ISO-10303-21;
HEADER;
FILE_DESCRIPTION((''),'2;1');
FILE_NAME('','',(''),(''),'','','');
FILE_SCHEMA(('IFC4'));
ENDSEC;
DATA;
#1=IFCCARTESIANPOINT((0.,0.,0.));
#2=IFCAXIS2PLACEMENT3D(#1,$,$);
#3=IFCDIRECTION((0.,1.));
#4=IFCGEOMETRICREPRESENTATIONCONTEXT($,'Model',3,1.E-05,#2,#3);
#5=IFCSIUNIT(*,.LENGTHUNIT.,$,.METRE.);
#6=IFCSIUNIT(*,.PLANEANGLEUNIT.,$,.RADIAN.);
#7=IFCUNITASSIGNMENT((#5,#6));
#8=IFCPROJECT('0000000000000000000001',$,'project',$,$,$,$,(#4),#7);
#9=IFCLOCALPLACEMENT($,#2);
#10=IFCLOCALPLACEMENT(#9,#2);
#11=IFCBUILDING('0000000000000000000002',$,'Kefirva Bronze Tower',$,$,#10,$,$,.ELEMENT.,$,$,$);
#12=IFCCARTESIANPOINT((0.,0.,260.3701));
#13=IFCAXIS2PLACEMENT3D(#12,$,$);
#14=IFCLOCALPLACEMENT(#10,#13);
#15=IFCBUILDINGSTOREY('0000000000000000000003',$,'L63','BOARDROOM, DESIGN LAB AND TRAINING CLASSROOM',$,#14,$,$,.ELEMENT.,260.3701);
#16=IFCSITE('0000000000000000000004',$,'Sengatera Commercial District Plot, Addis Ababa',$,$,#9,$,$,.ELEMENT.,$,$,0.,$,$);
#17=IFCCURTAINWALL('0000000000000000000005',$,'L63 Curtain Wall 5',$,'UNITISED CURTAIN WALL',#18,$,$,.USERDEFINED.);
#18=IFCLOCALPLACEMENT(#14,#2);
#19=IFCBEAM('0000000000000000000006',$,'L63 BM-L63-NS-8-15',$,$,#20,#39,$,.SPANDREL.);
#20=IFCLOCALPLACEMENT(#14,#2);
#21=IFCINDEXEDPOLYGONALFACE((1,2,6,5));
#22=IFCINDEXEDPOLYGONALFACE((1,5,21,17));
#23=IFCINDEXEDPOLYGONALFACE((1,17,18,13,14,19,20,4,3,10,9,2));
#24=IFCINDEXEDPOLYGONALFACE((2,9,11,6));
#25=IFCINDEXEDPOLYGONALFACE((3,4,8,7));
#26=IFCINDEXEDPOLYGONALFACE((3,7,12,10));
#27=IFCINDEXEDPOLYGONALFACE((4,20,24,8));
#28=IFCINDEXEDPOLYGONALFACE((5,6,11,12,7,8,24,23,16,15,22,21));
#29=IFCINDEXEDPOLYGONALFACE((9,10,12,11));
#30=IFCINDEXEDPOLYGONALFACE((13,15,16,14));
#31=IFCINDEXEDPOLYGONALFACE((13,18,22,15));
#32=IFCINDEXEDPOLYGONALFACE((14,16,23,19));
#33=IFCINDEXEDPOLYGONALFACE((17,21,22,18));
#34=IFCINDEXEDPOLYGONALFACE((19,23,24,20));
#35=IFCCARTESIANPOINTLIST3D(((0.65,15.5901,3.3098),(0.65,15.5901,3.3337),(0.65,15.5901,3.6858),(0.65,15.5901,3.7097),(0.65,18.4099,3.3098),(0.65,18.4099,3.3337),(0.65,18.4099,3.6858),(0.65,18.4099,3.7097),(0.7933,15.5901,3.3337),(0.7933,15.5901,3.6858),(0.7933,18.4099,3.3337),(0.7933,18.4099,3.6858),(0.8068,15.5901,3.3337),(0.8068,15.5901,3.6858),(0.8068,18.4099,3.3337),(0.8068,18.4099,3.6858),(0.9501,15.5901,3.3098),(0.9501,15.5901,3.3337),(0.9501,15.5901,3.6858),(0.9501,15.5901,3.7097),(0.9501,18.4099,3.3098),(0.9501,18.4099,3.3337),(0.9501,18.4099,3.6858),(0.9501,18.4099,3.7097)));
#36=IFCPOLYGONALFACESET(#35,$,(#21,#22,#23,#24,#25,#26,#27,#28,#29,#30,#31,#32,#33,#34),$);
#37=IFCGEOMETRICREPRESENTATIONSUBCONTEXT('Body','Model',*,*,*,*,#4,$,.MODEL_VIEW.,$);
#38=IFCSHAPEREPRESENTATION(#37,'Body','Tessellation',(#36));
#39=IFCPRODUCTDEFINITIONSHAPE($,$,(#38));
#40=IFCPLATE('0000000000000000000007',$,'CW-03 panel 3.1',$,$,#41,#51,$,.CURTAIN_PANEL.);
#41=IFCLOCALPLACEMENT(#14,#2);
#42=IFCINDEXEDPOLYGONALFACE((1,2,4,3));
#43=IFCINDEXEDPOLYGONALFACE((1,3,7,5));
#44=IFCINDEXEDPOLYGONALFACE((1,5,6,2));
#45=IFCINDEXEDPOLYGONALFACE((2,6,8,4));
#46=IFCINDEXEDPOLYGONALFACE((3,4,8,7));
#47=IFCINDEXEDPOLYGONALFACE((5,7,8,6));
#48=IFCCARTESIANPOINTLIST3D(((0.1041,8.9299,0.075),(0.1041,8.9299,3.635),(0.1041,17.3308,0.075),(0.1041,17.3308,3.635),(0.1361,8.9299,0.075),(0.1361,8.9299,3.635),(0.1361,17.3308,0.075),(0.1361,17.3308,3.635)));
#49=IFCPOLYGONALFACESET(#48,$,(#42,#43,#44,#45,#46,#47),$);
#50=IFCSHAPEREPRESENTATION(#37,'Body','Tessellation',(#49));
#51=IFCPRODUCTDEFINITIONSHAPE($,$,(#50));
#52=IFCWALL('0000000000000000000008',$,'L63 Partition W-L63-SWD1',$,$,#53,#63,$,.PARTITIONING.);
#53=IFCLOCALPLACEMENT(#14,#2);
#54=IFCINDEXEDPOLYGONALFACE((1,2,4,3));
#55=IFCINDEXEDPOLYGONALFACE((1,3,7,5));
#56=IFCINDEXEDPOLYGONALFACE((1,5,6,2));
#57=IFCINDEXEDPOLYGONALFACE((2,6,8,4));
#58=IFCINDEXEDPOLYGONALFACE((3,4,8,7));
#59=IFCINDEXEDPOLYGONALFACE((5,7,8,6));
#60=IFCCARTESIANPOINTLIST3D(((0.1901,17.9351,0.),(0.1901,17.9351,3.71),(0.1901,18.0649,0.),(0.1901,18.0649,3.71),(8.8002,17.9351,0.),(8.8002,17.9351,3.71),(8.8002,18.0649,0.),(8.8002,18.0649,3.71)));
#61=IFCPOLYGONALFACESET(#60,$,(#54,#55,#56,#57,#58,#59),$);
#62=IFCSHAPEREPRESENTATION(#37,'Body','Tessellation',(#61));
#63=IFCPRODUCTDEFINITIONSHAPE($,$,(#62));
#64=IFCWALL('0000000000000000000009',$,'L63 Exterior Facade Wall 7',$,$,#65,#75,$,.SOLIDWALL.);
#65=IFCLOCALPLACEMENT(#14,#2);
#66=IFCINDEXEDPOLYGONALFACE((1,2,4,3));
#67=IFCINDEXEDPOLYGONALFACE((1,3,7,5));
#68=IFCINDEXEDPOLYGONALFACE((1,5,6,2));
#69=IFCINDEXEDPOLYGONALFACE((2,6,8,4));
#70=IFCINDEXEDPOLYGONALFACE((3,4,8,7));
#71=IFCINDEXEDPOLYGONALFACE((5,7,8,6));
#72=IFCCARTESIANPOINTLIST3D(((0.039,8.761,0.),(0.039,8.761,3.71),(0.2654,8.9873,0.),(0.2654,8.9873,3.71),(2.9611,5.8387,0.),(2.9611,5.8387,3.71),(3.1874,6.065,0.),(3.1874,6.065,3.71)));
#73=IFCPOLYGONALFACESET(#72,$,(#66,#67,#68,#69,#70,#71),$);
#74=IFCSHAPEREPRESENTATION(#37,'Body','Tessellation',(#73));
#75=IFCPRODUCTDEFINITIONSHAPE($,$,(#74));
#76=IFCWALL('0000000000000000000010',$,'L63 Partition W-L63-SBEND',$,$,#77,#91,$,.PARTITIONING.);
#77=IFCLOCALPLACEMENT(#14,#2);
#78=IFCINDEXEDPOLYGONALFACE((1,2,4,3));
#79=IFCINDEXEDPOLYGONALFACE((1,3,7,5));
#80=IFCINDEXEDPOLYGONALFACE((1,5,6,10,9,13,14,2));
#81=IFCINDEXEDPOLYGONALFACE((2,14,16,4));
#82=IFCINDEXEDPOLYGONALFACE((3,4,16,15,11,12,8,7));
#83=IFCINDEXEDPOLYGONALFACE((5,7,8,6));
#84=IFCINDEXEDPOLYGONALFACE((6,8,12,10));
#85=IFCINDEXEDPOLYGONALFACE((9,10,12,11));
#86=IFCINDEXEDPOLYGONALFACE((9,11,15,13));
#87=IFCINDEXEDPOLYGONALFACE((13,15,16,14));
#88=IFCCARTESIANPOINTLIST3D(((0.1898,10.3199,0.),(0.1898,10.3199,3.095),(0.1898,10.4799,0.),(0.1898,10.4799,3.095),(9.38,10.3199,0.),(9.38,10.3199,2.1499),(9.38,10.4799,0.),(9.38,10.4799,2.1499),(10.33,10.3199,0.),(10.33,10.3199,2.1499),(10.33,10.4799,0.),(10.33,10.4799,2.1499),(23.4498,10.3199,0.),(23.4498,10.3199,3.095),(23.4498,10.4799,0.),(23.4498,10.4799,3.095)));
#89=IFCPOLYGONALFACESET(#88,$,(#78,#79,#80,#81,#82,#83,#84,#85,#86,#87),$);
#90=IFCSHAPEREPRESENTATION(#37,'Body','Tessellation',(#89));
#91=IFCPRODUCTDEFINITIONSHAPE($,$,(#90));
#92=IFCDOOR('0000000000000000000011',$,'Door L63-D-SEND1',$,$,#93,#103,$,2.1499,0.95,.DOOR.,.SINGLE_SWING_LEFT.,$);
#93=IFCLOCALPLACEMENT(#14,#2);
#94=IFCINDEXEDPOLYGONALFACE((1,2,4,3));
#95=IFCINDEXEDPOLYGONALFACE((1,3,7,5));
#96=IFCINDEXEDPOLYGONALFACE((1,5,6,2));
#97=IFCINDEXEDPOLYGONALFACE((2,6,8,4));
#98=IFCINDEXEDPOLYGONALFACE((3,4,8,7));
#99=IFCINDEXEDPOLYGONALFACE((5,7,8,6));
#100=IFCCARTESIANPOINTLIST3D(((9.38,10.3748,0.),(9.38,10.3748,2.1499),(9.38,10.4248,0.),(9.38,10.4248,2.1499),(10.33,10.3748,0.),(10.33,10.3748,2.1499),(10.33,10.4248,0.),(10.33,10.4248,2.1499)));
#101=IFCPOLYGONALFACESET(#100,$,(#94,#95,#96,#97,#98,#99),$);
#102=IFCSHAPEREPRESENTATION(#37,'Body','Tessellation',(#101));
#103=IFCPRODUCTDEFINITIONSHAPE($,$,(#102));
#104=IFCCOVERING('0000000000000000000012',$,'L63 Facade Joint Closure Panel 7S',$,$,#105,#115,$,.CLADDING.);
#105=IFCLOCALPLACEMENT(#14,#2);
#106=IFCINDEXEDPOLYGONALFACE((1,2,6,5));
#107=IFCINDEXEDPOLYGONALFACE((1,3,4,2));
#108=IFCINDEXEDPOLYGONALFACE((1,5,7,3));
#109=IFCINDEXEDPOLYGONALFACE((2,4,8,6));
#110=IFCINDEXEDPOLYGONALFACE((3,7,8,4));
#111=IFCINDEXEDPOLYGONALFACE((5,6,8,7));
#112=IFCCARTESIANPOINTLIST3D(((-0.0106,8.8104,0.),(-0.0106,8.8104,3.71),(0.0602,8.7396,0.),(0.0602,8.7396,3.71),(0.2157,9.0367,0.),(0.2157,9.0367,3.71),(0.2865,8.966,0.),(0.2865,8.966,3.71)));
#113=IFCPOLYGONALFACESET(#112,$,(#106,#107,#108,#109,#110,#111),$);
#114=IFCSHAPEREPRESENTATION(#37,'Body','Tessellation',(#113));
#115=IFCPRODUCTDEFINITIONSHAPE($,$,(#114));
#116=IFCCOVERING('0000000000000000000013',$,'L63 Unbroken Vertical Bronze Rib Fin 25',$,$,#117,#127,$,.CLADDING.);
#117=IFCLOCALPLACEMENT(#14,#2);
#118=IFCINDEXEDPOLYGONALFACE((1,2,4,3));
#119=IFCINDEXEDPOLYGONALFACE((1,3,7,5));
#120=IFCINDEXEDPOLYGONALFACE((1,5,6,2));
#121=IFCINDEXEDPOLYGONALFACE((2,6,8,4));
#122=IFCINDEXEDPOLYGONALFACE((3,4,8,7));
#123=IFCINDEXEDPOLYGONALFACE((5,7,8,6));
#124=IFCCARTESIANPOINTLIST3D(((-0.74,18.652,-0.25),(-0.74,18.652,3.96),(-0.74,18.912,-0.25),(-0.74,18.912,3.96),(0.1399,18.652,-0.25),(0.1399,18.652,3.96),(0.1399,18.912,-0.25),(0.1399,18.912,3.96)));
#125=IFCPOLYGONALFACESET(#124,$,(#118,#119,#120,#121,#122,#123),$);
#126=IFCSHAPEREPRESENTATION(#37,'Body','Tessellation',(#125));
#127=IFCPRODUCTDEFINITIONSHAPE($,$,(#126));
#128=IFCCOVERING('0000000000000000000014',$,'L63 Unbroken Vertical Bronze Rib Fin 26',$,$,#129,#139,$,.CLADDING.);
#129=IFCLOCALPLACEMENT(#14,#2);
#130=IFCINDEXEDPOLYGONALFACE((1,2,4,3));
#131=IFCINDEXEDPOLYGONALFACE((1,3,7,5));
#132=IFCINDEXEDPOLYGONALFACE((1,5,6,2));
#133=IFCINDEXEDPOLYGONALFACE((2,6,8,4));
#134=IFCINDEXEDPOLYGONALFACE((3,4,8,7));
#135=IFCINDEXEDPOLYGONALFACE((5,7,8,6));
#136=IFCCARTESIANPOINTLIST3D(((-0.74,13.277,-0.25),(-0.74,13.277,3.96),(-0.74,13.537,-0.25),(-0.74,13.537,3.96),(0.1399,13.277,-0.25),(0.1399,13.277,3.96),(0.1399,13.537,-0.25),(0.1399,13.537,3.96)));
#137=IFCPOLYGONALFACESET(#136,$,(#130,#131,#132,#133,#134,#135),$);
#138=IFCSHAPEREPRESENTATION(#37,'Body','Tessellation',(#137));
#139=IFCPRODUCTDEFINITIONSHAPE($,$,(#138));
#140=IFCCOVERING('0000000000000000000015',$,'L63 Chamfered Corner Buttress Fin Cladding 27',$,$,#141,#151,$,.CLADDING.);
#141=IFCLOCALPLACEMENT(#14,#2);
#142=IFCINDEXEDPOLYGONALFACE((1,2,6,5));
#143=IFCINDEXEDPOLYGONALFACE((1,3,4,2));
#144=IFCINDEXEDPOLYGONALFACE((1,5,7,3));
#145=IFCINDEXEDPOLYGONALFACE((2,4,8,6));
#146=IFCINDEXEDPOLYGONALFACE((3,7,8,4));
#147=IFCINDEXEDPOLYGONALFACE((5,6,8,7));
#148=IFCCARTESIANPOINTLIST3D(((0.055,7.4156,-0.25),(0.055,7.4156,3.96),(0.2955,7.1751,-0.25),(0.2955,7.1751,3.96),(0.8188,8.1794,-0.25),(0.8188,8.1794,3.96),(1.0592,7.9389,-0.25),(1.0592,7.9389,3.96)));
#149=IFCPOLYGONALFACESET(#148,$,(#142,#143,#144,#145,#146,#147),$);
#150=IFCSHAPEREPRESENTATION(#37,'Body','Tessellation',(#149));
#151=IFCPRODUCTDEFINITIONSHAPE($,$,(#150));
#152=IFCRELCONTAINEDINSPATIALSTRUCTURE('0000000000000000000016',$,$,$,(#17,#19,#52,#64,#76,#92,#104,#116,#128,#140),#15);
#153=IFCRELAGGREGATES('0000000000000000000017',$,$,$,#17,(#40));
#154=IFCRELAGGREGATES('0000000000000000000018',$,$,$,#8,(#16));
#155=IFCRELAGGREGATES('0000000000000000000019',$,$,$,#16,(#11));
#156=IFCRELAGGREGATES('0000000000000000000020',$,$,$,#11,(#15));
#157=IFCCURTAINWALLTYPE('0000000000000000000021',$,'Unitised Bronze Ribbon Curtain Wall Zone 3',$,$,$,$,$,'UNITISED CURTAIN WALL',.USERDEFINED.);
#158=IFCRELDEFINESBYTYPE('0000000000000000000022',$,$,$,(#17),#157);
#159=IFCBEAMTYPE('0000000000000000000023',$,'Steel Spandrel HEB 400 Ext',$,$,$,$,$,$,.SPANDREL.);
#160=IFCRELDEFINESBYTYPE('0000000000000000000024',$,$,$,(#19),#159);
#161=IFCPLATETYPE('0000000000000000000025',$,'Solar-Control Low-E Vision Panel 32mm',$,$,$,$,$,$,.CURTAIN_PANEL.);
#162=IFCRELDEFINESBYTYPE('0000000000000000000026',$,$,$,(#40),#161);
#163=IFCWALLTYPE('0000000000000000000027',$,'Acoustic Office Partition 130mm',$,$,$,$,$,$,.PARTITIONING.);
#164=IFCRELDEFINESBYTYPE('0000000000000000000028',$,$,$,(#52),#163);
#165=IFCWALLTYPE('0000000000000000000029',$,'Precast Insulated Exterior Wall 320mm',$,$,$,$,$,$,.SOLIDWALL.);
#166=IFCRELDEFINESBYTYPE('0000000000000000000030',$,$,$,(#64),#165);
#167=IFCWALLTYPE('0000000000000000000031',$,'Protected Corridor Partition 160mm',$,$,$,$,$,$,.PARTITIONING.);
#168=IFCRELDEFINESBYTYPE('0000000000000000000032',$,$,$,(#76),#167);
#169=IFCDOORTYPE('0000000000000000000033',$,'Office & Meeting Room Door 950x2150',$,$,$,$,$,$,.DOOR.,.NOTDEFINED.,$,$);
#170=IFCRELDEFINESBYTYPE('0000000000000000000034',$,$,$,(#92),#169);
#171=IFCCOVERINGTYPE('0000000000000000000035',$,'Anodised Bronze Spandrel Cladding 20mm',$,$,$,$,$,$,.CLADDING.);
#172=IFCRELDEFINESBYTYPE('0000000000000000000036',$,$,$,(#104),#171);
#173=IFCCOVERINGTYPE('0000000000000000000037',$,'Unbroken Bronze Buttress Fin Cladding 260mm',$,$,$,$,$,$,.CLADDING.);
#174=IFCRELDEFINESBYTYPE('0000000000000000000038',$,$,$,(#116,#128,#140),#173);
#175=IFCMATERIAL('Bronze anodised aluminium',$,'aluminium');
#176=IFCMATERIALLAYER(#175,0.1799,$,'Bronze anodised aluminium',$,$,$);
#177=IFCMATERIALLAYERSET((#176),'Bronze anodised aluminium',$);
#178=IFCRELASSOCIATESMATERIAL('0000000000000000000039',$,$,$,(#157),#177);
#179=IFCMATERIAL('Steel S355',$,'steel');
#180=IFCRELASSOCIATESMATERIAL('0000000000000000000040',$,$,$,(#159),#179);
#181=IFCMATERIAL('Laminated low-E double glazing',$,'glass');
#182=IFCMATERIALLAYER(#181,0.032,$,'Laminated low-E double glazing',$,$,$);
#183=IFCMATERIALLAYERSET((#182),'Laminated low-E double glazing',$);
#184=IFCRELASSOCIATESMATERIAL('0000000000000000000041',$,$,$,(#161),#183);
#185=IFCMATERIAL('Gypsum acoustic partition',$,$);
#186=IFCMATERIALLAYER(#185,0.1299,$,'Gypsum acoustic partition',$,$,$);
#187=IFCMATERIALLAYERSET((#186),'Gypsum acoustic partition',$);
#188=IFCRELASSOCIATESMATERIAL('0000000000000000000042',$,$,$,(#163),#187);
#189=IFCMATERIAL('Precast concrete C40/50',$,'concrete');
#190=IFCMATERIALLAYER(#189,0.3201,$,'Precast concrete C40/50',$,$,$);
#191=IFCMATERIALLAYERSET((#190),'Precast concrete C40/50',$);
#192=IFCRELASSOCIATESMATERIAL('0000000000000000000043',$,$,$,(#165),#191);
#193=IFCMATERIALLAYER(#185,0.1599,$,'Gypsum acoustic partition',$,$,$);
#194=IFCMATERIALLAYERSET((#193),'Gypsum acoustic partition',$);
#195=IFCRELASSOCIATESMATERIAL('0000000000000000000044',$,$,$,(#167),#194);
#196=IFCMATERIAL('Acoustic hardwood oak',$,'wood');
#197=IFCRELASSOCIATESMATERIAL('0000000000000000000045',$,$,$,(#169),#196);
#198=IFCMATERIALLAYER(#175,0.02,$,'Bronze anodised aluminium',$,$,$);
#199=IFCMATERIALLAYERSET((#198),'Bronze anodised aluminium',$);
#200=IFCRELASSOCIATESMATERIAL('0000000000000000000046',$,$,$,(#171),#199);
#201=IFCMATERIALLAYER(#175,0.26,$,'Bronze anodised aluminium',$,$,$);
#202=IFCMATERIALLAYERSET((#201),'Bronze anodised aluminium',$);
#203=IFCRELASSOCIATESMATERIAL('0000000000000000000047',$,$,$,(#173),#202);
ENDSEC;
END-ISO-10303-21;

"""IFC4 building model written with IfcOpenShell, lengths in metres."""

from ifc_helpers import new_model, si_unit, direction, frame, frame_2d, origin, origin_2d, place, context, subcontext, project, spatial, rectangle, i_section, extrude, material, layer, layer_set, material_profile, profile_set, type_object, element, fill, aggregate, save


model = new_model("IFC4")

# Units and contexts
model_context = context("Model", 3, precision=1e-05, world=origin(), true_north=direction((0.0, 1.0)))
body_context = subcontext(model_context, "Body", "Model", "MODEL_VIEW")
ifc_project = project(units=[si_unit("LENGTHUNIT", "METRE"), si_unit("PLANEANGLEUNIT", "RADIAN")], contexts=[model_context])

# Site, building, storey
site_placement = place(None, origin())
site = spatial("IfcSite", under=ifc_project, at=site_placement, Name="Sengatera Commercial District Plot, Addis Ababa", CompositionType="ELEMENT", RefElevation=0.0)
building_placement = place(site_placement, origin())
building = spatial("IfcBuilding", under=site, at=building_placement, Name="Kefirva Bronze Tower", CompositionType="ELEMENT")
storey_placement = place(building_placement, frame((0.0, 0.0, 260.3701)))
storey = spatial("IfcBuildingStorey", under=building, at=storey_placement, Name="L63", Description="BOARDROOM, DESIGN LAB AND TRAINING CLASSROOM", CompositionType="ELEMENT", Elevation=260.3701)

# Curtain wall
ifc_material_1 = material(Name="Bronze anodised aluminium", Category="aluminium")
ifc_layer_1 = layer(ifc_material_1, 0.1799, Name="Bronze anodised aluminium")
ifc_layer_set_1 = layer_set([ifc_layer_1], Name="Bronze anodised aluminium")
curtain_wall_type = type_object("IfcCurtainWallType", Name="Unitised Bronze Ribbon Curtain Wall Zone 3", ElementType="UNITISED CURTAIN WALL", PredefinedType="USERDEFINED", material=ifc_layer_set_1)
curtain_wall_placement = place(storey_placement, origin())
curtain_wall = element("IfcCurtainWall", 1, at=curtain_wall_placement, inside=storey, type_object=curtain_wall_type, Name="L63 Curtain Wall 5", ObjectType="UNITISED CURTAIN WALL", PredefinedType="USERDEFINED")

# Beam
ifc_material_2 = material(Name="Steel S355", Category="steel")
ifc_material_profile_1 = material_profile(ifc_material_2, i_section(OverallWidth=0.3, OverallDepth=0.3999, WebThickness=0.0134, FlangeThickness=0.0239, at=origin_2d()), Name="HEB 400")
ifc_profile_set_1 = profile_set([ifc_material_profile_1], Name="Steel S355")
beam_type_1 = type_object("IfcBeamType", Name="Steel Spandrel HEB 400 Ext", PredefinedType="SPANDREL", material=ifc_profile_set_1)
beam_1_placement = place(storey_placement, frame((0.8, 15.5901, 3.5098), z_axis=(0.0, 1.0, 0.0), x_axis=(-1.0, 0.0, 0.0)))
element("IfcBeam", 2, at=beam_1_placement, inside=storey, type_object=beam_type_1, Name="L63 BM-L63-NS-8-15", PredefinedType="SPANDREL", context=body_context, shape_type="SweptSolid", body=[
    extrude(i_section(OverallWidth=0.3, OverallDepth=0.3999, WebThickness=0.0134, FlangeThickness=0.0239, at=origin_2d()), origin(), (0.0, 0.0, 1.0), 2.8198),
])

# Plate
ifc_material_3 = material(Name="Laminated low-E double glazing", Category="glass")
ifc_layer_2 = layer(ifc_material_3, 0.032, Name="Laminated low-E double glazing")
ifc_layer_set_2 = layer_set([ifc_layer_2], Name="Laminated low-E double glazing")
plate_type = type_object("IfcPlateType", Name="Solar-Control Low-E Vision Panel 32mm", PredefinedType="CURTAIN_PANEL", material=ifc_layer_set_2)
plate_placement = place(storey_placement, frame((0.1201, 13.1304, 0.075), z_axis=(0.0, 0.0, 1.0), x_axis=(0.0, -1.0, 0.0)))
plate = element("IfcPlate", 3, at=plate_placement, type_object=plate_type, Name="CW-03 panel 3.1", PredefinedType="CURTAIN_PANEL", context=body_context, shape_type="SweptSolid", body=[
    extrude(rectangle(XDim=8.4009, YDim=0.032, at=origin_2d()), origin(), (0.0, 0.0, 1.0), 3.5601),
])
aggregate(curtain_wall, [plate])

# Walls
ifc_material_4 = material(Name="Gypsum acoustic partition")
ifc_layer_3 = layer(ifc_material_4, 0.1299, Name="Gypsum acoustic partition")
ifc_layer_set_3 = layer_set([ifc_layer_3], Name="Gypsum acoustic partition")
wall_type_1 = type_object("IfcWallType", Name="Acoustic Office Partition 130mm", PredefinedType="PARTITIONING", material=ifc_layer_set_3)
wall_1_placement = place(storey_placement, frame((0.1899, 18.0, 0.0), z_axis=(0.0, 0.0, 1.0), x_axis=(1.0, 0.0, 0.0)))
element("IfcWall", 4, at=wall_1_placement, inside=storey, type_object=wall_type_1, Name="L63 Partition W-L63-SWD1", PredefinedType="PARTITIONING", context=body_context, shape_type="SweptSolid", body=[
    extrude(rectangle(XDim=8.6101, YDim=0.1299, at=frame_2d((4.3052, 0.0))), origin(), (0.0, 0.0, 1.0), 3.71),
])
ifc_material_5 = material(Name="Precast concrete C40/50", Category="concrete")
ifc_layer_4 = layer(ifc_material_5, 0.3201, Name="Precast concrete C40/50")
ifc_layer_set_4 = layer_set([ifc_layer_4], Name="Precast concrete C40/50")
wall_type_2 = type_object("IfcWallType", Name="Precast Insulated Exterior Wall 320mm", PredefinedType="SOLIDWALL", material=ifc_layer_set_4)
wall_2_placement = place(storey_placement, frame((0.1521, 8.8743, 0.0), z_axis=(0.0, 0.0, 1.0), x_axis=(0.707077, -0.707136, 0.0)))
element("IfcWall", 5, at=wall_2_placement, inside=storey, type_object=wall_type_2, Name="L63 Exterior Facade Wall 7", PredefinedType="SOLIDWALL", context=body_context, shape_type="SweptSolid", body=[
    extrude(rectangle(XDim=4.1326, YDim=0.3201, at=frame_2d((2.0664, 0.0))), origin(), (0.0, 0.0, 1.0), 3.71),
])

# Wall, opening, door
ifc_layer_5 = layer(ifc_material_4, 0.1599, Name="Gypsum acoustic partition")
ifc_layer_set_5 = layer_set([ifc_layer_5], Name="Gypsum acoustic partition")
wall_type_3 = type_object("IfcWallType", Name="Protected Corridor Partition 160mm", PredefinedType="PARTITIONING", material=ifc_layer_set_5)
wall_3_placement = place(storey_placement, frame((0.1899, 10.3999, 0.0), z_axis=(0.0, 0.0, 1.0), x_axis=(1.0, 0.0, 0.0)))
wall_3 = element("IfcWall", 6, at=wall_3_placement, inside=storey, type_object=wall_type_3, Name="L63 Partition W-L63-SBEND", PredefinedType="PARTITIONING", context=body_context, shape_type="SweptSolid", body=[
    extrude(rectangle(XDim=23.26, YDim=0.1599, at=frame_2d((11.6299, 0.0))), origin(), (0.0, 0.0, 1.0), 3.095),
])
opening_placement = place(wall_3_placement, frame((9.1899, 0.0, 0.0)))
opening = element("IfcOpeningElement", 7, at=opening_placement, cuts=wall_3, PredefinedType="OPENING", context=body_context, shape_type="SweptSolid", body=[
    extrude(rectangle(XDim=0.95, YDim=2.1499, at=frame_2d((0.4751, 1.075))), frame((0.0, 0.0898, 0.0), z_axis=(0.0, -1.0, 0.0), x_axis=(1.0, 0.0, 0.0)), (0.0, 0.0, 1.0), 0.1799),
])
ifc_material_6 = material(Name="Acoustic hardwood oak", Category="wood")
door_type = type_object("IfcDoorType", Name="Office & Meeting Room Door 950x2150", OperationType="NOTDEFINED", PredefinedType="DOOR", material=ifc_material_6)
door_placement = place(opening_placement, origin())
door = element("IfcDoor", 8, at=door_placement, inside=storey, type_object=door_type, Name="Door L63-D-SEND1", OperationType="SINGLE_SWING_LEFT", OverallHeight=2.1499, OverallWidth=0.95, PredefinedType="DOOR", context=body_context, shape_type="SweptSolid", body=[
    extrude(rectangle(XDim=0.95, YDim=2.1499, at=frame_2d((0.4751, 1.075))), frame((0.0, 0.0249, 0.0), z_axis=(0.0, -1.0, 0.0), x_axis=(1.0, 0.0, 0.0)), (0.0, 0.0, 1.0), 0.05),
])
fill(opening, door)

# Coverings
ifc_layer_6 = layer(ifc_material_1, 0.02, Name="Bronze anodised aluminium")
ifc_layer_set_6 = layer_set([ifc_layer_6], Name="Bronze anodised aluminium")
covering_type_1 = type_object("IfcCoveringType", Name="Anodised Bronze Spandrel Cladding 20mm", PredefinedType="CLADDING", material=ifc_layer_set_6)
covering_1_placement = place(storey_placement, frame((0.1379, 8.8882, 0.0), z_axis=(0.0, 0.0, 1.0), x_axis=(0.707107, -0.707107, 0.0)))
element("IfcCovering", 9, at=covering_1_placement, inside=storey, type_object=covering_type_1, Name="L63 Facade Joint Closure Panel 7S", PredefinedType="CLADDING", context=body_context, shape_type="SweptSolid", body=[
    extrude(rectangle(XDim=0.1001, YDim=0.3201, at=origin_2d()), origin(), (0.0, 0.0, 1.0), 3.71),
])
ifc_layer_7 = layer(ifc_material_1, 0.26, Name="Bronze anodised aluminium")
ifc_layer_set_7 = layer_set([ifc_layer_7], Name="Bronze anodised aluminium")
covering_type_2 = type_object("IfcCoveringType", Name="Unbroken Bronze Buttress Fin Cladding 260mm", PredefinedType="CLADDING", material=ifc_layer_set_7)
for number, where, z_axis, x_axis, name in (
    (10, (-0.3, 18.782, -0.25), (0.0, 0.0, 1.0), (0.0, -1.0, 0.0), "L63 Unbroken Vertical Bronze Rib Fin 25"),
    (11, (-0.3, 13.407, -0.25), (0.0, 0.0, 1.0), (0.0, -1.0, 0.0), "L63 Unbroken Vertical Bronze Rib Fin 26"),
):
    element("IfcCovering", number, at=place(storey_placement, frame(where, z_axis=z_axis, x_axis=x_axis)), inside=storey, type_object=covering_type_2, Name=name, PredefinedType="CLADDING", context=body_context, shape_type="SweptSolid", body=[
        extrude(rectangle(XDim=0.26, YDim=0.8799, at=origin_2d()), origin(), (0.0, 0.0, 1.0), 4.21),
    ])
covering_2_placement = place(storey_placement, frame((0.5571, 7.6772, -0.25), z_axis=(0.0, 0.0, 1.0), x_axis=(0.707107, -0.707107, 0.0)))
element("IfcCovering", 12, at=covering_2_placement, inside=storey, type_object=covering_type_2, Name="L63 Chamfered Corner Buttress Fin Cladding 27", PredefinedType="CLADDING", context=body_context, shape_type="SweptSolid", body=[
    extrude(rectangle(XDim=0.3401, YDim=1.0801, at=origin_2d()), origin(), (0.0, 0.0, 1.0), 4.21),
])

save(model, "model.ifc")
